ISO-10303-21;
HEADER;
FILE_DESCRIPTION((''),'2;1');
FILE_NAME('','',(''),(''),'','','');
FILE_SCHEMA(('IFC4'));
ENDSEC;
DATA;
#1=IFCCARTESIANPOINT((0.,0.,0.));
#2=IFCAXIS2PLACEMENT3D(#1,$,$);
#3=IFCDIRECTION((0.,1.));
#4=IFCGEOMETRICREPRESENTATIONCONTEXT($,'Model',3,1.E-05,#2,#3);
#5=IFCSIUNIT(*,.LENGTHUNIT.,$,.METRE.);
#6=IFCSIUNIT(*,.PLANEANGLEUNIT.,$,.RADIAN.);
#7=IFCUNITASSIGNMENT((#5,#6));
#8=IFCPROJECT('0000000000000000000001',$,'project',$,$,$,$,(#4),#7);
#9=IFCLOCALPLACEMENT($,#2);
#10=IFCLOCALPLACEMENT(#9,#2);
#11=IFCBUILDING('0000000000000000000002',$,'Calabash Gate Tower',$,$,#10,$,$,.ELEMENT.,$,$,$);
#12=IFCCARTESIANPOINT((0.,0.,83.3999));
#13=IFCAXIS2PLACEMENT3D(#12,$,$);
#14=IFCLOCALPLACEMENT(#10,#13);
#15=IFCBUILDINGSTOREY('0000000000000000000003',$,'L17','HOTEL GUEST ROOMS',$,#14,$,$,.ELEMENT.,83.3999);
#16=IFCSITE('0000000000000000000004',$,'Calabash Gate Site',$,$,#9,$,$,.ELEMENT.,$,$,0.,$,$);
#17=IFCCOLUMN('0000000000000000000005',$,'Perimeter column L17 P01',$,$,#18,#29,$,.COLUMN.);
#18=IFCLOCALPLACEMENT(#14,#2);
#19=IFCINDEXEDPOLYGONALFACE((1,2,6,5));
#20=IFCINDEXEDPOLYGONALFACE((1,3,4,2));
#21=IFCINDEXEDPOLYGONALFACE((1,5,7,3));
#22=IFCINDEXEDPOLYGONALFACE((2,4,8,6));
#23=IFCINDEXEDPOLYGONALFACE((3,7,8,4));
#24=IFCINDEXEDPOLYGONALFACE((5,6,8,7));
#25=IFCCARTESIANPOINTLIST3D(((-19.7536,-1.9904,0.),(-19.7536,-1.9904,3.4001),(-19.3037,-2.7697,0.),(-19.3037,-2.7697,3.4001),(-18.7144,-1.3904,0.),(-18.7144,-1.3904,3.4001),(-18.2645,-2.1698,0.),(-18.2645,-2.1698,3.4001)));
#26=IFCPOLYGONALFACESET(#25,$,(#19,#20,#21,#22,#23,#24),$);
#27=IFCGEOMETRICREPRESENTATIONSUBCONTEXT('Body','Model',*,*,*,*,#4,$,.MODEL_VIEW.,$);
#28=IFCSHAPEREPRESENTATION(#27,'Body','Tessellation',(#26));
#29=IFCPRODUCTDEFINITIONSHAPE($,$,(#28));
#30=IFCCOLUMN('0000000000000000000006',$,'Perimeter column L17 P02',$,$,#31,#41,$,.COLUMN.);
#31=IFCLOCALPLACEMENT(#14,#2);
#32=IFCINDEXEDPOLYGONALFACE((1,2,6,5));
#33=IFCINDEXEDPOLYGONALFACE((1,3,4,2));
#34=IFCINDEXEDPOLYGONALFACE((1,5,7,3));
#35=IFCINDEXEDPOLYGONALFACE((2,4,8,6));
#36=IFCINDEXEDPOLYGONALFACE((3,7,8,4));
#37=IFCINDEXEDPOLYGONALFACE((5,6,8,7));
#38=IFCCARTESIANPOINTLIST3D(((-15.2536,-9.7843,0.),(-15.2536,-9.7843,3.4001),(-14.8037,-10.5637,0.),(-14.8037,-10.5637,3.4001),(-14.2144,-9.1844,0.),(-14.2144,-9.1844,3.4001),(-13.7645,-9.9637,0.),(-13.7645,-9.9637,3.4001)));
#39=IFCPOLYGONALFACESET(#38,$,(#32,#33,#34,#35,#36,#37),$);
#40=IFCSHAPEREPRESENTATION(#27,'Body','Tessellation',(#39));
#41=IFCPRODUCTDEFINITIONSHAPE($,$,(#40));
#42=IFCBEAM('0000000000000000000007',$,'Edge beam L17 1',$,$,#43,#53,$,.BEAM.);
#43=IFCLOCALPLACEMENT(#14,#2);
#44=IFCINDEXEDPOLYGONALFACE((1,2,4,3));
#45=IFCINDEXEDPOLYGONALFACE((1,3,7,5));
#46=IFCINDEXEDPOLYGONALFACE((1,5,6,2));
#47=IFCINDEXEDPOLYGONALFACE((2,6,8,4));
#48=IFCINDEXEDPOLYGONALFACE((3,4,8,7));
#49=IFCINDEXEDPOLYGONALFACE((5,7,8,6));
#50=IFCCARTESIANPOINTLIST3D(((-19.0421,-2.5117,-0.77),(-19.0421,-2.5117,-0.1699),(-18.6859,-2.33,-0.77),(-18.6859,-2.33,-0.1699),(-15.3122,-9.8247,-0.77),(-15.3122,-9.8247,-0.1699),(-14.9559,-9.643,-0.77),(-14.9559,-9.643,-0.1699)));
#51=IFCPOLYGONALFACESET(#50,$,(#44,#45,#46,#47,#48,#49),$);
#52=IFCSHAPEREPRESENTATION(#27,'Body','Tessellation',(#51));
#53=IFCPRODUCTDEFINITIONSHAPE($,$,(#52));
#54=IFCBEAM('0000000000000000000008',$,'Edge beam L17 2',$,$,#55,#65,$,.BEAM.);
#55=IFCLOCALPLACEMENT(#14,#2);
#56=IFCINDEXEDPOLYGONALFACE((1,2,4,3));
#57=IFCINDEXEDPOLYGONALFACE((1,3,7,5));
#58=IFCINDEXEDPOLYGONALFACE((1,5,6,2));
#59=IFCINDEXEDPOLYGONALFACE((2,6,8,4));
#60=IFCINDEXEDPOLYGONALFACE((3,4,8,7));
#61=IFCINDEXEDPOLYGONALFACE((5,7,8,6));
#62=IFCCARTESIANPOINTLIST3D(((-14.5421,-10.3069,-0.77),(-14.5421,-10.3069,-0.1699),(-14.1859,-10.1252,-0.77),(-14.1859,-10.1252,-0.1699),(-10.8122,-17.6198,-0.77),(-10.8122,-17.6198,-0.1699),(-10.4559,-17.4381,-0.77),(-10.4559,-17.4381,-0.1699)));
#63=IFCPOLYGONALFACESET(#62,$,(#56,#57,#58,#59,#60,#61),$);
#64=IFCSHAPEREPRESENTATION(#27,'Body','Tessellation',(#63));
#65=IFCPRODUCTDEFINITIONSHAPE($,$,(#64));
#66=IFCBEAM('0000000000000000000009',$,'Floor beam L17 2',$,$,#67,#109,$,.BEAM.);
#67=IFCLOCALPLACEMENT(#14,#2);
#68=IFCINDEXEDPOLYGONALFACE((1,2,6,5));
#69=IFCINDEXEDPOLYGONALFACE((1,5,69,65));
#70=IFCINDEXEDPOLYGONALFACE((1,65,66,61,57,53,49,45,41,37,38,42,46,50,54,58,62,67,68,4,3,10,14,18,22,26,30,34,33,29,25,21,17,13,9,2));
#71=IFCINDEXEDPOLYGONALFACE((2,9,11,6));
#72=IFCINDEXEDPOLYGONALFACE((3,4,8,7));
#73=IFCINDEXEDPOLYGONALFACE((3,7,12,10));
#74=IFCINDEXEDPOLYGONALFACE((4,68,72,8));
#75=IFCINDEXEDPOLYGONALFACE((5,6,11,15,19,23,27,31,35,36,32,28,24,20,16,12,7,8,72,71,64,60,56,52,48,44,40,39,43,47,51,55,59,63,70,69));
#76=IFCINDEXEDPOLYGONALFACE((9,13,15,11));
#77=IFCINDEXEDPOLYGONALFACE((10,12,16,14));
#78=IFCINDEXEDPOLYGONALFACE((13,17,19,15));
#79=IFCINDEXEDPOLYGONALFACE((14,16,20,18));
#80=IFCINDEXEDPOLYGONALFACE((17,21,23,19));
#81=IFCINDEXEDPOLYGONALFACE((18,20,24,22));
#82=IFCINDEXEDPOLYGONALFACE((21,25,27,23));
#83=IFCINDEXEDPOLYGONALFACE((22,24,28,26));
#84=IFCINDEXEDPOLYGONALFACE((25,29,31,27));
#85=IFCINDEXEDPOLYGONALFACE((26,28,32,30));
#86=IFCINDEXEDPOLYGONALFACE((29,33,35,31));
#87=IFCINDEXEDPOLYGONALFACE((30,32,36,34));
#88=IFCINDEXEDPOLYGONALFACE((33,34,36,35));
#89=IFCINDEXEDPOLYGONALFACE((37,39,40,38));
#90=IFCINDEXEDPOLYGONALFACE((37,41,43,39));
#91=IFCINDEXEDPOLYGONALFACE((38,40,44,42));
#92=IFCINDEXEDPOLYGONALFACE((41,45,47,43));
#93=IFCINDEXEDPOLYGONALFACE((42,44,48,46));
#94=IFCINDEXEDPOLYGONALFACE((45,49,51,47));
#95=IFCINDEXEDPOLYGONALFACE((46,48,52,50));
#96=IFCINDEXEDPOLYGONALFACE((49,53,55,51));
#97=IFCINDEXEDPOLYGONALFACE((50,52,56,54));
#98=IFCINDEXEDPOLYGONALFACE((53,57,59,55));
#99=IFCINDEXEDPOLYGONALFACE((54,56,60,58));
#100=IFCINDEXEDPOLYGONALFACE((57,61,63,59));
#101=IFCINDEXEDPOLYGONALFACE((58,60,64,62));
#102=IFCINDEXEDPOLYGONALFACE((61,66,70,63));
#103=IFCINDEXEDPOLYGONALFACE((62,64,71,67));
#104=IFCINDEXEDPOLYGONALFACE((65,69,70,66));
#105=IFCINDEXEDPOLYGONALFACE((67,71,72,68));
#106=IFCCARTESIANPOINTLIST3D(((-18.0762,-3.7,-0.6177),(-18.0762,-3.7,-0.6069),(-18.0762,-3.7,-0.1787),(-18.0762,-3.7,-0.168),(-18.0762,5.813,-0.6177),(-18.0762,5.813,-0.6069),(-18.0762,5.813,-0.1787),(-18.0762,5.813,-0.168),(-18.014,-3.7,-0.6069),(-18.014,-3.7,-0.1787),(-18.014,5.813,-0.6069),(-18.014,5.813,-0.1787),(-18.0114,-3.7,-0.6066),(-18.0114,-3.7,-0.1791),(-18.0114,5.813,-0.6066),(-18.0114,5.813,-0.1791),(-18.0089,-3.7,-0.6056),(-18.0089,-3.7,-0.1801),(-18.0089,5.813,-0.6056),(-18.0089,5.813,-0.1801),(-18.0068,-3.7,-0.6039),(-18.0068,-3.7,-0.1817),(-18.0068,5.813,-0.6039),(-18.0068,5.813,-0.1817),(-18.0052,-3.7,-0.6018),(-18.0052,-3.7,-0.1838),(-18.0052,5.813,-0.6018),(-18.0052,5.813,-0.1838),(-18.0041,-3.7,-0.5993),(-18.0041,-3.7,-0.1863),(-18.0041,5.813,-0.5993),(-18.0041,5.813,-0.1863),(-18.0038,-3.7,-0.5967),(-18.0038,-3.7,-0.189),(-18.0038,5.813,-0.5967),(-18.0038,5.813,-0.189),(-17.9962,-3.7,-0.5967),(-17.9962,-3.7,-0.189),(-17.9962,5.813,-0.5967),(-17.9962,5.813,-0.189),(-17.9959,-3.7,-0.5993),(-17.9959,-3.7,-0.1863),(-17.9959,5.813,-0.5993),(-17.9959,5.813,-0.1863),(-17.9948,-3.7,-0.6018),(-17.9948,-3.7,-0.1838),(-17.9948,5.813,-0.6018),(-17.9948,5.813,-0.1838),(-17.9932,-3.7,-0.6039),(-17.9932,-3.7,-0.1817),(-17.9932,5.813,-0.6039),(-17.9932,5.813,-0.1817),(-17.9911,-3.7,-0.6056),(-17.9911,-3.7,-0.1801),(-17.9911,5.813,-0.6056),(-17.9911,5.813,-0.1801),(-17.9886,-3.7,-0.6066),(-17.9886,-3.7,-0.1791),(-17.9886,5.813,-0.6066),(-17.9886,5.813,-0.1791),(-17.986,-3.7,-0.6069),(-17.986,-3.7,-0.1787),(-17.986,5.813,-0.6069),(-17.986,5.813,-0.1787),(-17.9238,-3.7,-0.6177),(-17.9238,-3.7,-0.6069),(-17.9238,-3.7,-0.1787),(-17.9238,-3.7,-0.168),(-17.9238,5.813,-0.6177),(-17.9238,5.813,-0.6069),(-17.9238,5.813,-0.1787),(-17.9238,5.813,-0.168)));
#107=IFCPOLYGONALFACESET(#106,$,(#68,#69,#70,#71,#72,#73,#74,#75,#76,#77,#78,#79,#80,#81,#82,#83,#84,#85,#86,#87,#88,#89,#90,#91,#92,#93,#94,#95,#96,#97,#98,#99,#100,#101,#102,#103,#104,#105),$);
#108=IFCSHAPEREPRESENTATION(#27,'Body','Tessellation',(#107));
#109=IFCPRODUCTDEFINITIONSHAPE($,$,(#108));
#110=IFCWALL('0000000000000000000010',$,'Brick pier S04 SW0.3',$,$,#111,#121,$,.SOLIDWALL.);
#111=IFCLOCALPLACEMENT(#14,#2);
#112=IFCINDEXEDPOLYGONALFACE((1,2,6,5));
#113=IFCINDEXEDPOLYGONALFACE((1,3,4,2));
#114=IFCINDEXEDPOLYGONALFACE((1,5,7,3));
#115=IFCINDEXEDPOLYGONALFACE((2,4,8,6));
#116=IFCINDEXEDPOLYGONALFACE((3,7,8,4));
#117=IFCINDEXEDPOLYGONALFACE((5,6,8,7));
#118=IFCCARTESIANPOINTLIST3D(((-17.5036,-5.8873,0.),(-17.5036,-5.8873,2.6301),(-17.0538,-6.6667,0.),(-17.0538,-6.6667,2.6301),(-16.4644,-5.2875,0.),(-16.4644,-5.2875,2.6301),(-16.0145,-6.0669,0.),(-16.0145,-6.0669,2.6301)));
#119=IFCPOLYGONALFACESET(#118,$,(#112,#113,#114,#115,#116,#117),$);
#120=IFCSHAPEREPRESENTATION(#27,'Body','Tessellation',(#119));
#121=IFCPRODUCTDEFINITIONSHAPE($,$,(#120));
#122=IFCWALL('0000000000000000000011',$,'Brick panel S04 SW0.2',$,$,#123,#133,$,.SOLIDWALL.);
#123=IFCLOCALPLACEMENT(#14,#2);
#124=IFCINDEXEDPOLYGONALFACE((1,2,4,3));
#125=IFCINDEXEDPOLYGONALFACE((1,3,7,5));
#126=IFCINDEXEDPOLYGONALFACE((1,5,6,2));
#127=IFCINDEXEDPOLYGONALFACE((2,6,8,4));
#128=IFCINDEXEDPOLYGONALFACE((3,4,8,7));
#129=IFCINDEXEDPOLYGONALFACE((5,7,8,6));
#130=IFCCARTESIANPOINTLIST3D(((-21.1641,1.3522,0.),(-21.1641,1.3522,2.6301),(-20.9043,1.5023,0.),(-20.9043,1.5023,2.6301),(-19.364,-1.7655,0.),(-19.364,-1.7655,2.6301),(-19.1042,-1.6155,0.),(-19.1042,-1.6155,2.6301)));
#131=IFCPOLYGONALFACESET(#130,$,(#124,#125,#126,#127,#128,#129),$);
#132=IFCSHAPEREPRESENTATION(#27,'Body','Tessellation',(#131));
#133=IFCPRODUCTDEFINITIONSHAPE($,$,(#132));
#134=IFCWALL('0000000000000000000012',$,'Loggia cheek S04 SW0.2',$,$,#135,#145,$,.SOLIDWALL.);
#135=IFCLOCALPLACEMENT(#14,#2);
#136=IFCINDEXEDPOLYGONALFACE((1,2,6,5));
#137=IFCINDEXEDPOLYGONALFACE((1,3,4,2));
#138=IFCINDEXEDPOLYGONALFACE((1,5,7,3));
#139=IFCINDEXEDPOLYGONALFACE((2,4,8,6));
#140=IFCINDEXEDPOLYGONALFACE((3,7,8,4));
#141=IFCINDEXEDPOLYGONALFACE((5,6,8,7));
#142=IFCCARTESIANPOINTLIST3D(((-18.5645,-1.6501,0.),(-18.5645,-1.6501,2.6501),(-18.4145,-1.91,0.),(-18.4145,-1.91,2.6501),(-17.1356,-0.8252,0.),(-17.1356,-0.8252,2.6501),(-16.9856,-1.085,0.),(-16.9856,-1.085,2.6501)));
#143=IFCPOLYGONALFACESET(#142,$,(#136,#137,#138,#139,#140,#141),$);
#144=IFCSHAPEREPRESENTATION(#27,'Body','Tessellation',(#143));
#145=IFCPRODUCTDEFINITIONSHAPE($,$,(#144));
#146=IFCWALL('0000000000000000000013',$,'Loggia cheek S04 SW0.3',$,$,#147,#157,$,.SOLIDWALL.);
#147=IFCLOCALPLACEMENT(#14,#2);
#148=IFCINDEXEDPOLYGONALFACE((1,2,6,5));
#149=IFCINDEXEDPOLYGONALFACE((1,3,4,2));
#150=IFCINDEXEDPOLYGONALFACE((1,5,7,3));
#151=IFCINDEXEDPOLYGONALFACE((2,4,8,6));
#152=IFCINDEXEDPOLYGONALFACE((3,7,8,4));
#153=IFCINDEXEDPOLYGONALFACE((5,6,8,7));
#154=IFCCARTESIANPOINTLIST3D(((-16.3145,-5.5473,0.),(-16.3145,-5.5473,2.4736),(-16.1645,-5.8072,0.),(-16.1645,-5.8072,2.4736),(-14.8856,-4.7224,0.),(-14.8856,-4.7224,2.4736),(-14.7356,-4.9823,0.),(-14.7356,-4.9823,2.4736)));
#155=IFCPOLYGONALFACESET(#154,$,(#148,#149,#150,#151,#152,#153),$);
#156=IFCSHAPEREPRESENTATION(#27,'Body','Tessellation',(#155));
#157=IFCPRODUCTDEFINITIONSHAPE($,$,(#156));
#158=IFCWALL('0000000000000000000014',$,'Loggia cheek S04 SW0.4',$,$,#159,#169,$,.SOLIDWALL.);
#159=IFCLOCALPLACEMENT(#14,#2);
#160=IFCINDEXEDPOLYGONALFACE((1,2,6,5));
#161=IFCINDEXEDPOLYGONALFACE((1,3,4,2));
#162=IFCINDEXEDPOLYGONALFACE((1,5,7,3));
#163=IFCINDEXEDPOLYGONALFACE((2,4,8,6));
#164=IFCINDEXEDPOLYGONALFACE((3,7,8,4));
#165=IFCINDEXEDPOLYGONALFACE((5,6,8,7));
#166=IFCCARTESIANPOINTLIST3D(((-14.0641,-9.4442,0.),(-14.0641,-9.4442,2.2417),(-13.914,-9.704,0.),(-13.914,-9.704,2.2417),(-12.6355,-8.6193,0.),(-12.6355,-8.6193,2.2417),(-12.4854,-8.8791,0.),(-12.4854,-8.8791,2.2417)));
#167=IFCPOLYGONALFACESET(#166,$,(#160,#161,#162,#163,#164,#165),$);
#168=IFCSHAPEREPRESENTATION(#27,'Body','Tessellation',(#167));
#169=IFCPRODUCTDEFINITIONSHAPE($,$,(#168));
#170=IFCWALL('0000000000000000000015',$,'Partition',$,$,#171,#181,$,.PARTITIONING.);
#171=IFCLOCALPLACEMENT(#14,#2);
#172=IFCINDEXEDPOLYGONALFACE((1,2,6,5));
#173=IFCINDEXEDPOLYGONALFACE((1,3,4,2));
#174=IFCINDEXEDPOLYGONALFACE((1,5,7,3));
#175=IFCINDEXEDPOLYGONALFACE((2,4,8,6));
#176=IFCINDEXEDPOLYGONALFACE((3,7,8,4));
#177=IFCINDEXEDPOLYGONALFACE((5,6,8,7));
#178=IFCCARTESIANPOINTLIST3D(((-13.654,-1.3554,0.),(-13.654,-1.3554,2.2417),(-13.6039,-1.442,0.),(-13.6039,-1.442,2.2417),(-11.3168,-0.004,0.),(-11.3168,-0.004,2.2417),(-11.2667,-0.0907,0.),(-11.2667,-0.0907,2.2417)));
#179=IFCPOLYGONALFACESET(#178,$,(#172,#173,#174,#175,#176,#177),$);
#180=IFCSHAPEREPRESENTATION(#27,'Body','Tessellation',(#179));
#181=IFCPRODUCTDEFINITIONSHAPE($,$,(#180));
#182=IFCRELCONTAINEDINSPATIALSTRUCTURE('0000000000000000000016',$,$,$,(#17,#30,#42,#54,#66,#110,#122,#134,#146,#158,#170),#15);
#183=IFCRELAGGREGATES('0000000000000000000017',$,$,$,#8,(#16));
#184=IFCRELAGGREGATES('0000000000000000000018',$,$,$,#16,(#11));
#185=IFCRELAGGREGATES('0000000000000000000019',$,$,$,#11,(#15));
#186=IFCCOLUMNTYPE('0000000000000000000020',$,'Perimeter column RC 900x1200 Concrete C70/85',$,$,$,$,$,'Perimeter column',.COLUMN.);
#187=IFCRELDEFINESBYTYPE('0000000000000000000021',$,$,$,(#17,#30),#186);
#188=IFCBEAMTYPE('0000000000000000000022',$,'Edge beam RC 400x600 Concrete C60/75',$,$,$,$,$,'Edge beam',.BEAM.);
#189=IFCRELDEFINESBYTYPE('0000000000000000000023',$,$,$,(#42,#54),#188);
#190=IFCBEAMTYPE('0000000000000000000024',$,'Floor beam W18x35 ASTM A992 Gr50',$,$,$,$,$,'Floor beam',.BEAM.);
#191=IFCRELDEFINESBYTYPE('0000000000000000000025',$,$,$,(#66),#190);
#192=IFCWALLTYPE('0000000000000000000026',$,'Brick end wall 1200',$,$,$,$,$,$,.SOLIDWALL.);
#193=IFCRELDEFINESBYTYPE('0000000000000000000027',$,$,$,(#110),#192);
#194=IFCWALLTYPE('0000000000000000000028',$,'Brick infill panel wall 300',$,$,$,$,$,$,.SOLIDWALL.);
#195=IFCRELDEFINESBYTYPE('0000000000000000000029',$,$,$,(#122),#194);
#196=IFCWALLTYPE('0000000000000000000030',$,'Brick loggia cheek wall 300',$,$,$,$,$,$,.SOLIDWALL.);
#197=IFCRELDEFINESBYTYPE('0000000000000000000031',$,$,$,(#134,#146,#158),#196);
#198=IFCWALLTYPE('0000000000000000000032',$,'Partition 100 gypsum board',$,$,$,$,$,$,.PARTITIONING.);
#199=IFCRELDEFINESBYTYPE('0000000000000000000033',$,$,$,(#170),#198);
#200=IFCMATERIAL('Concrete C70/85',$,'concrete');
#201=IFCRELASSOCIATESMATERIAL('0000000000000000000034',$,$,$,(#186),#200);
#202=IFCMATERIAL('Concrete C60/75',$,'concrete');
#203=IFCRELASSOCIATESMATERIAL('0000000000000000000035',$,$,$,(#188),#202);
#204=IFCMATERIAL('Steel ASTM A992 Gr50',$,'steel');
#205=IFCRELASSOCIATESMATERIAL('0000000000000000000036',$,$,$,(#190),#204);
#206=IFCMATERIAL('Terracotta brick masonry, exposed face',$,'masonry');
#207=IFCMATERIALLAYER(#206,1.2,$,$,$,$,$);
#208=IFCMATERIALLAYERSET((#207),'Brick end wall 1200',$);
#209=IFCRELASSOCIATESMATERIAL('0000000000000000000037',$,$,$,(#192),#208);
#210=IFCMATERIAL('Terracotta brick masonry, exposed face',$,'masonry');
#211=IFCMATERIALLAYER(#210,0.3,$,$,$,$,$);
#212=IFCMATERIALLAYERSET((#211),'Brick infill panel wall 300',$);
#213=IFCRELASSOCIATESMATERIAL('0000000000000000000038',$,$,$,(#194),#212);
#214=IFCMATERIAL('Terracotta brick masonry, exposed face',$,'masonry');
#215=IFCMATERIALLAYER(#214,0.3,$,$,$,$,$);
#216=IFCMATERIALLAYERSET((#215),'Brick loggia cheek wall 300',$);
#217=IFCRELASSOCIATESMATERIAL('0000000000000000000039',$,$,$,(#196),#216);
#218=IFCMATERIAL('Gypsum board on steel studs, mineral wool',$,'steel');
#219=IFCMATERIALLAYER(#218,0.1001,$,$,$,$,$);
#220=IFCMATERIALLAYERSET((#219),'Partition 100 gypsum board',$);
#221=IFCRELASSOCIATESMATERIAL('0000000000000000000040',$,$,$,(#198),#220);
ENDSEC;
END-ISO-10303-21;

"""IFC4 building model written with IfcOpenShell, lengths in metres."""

from ifc_helpers import new_model, si_unit, direction, frame, frame_2d, origin, origin_2d, place, context, subcontext, project, spatial, rectangle, i_section, extrude, material, layer, layer_set, material_profile, profile_set, type_object, element, save


model = new_model("IFC4")

# Units and contexts
model_context = context("Model", 3, precision=1e-05, world=origin(), true_north=direction((0.0, 1.0)))
body_context = subcontext(model_context, "Body", "Model", "MODEL_VIEW")
ifc_project = project(units=[si_unit("LENGTHUNIT", "METRE"), si_unit("PLANEANGLEUNIT", "RADIAN")], contexts=[model_context])

# Site, building, storey
site_placement = place(None, origin())
site = spatial("IfcSite", under=ifc_project, at=site_placement, Name="Calabash Gate Site", CompositionType="ELEMENT", RefElevation=0.0)
building_placement = place(site_placement, origin())
building = spatial("IfcBuilding", under=site, at=building_placement, Name="Calabash Gate Tower", CompositionType="ELEMENT")
storey_placement = place(building_placement, frame((0.0, 0.0, 83.3999)))
storey = spatial("IfcBuildingStorey", under=building, at=storey_placement, Name="L17", Description="HOTEL GUEST ROOMS", CompositionType="ELEMENT", Elevation=83.3999)

# Columns
ifc_material_1 = material(Name="Concrete C70/85", Category="concrete")
ifc_material_profile_1 = material_profile(ifc_material_1, rectangle(XDim=0.8999, YDim=1.2, at=origin_2d()))
ifc_profile_set_1 = profile_set([ifc_material_profile_1], Name="Concrete C70/85")
column_type = type_object("IfcColumnType", Name="Perimeter column RC 900x1200 Concrete C70/85", ElementType="Perimeter column", PredefinedType="COLUMN", material=ifc_profile_set_1)
for number, where, z_axis, x_axis, name in (
    (1, (-19.009, -2.0801, 0.0), (0.0, 0.0, 1.0), (0.5, -0.866025, 0.0), "Perimeter column L17 P01"),
    (2, (-14.509, -9.874, 0.0), (0.0, 0.0, 1.0), (0.5, -0.866025, 0.0), "Perimeter column L17 P02"),
):
    element("IfcColumn", number, at=place(storey_placement, frame(where, z_axis=z_axis, x_axis=x_axis)), inside=storey, type_object=column_type, Name=name, PredefinedType="COLUMN", context=body_context, shape_type="SweptSolid", body=[
        extrude(rectangle(XDim=0.8999, YDim=1.2, at=origin_2d()), origin(), (0.0, 0.0, 1.0), 3.4001),
    ])

# Beams
ifc_material_2 = material(Name="Concrete C60/75", Category="concrete")
ifc_material_profile_2 = material_profile(ifc_material_2, rectangle(XDim=0.3999, YDim=0.6001, at=origin_2d()))
ifc_profile_set_2 = profile_set([ifc_material_profile_2], Name="Concrete C60/75")
beam_type_1 = type_object("IfcBeamType", Name="Edge beam RC 400x600 Concrete C60/75", ElementType="Edge beam", PredefinedType="BEAM", material=ifc_profile_set_2)
for number, where, z_axis, x_axis, name in (
    (3, (-18.864, -2.4209, -0.47), (0.454361, -0.890818, 0.0), (0.890818, 0.454361, 0.0), "Edge beam L17 1"),
    (4, (-14.364, -10.2161, -0.47), (0.454361, -0.890818, 0.0), (0.890818, 0.454361, 0.0), "Edge beam L17 2"),
):
    element("IfcBeam", number, at=place(storey_placement, frame(where, z_axis=z_axis, x_axis=x_axis)), inside=storey, type_object=beam_type_1, Name=name, PredefinedType="BEAM", context=body_context, shape_type="SweptSolid", body=[
        extrude(rectangle(XDim=0.3999, YDim=0.6001, at=origin_2d()), origin(), (0.0, 0.0, 1.0), 8.2092),
    ])
ifc_material_3 = material(Name="Steel ASTM A992 Gr50", Category="steel")
ifc_material_profile_3 = material_profile(ifc_material_3, i_section(OverallWidth=0.1523, OverallDepth=0.4497, WebThickness=0.0076, FlangeThickness=0.0107, FilletRadius=0.0103, at=origin_2d()))
ifc_profile_set_3 = profile_set([ifc_material_profile_3], Name="Steel ASTM A992 Gr50")
beam_type_2 = type_object("IfcBeamType", Name="Floor beam W18x35 ASTM A992 Gr50", ElementType="Floor beam", PredefinedType="BEAM", material=ifc_profile_set_3)
beam_placement = place(storey_placement, frame((-18.0, -3.7, -0.3928), z_axis=(0.0, 1.0, 0.0), x_axis=(-1.0, 0.0, 0.0)))
element("IfcBeam", 5, at=beam_placement, inside=storey, type_object=beam_type_2, Name="Floor beam L17 2", PredefinedType="BEAM", context=body_context, shape_type="SweptSolid", body=[
    extrude(i_section(OverallWidth=0.1523, OverallDepth=0.4497, WebThickness=0.0076, FlangeThickness=0.0107, FilletRadius=0.0103, at=origin_2d()), origin(), (0.0, 0.0, 1.0), 9.5129),
])

# Walls
ifc_material_4 = material(Name="Terracotta brick masonry, exposed face", Category="masonry")
ifc_layer_1 = layer(ifc_material_4, 1.2)
ifc_layer_set_1 = layer_set([ifc_layer_1], Name="Brick end wall 1200")
wall_type_1 = type_object("IfcWallType", Name="Brick end wall 1200", PredefinedType="SOLIDWALL", material=ifc_layer_set_1)
wall_1_placement = place(storey_placement, frame((-17.2788, -6.2771, 0.0), z_axis=(0.0, 0.0, 1.0), x_axis=(0.866094, 0.499881, 0.0)))
element("IfcWall", 6, at=wall_1_placement, inside=storey, type_object=wall_type_1, Name="Brick pier S04 SW0.3", PredefinedType="SOLIDWALL", context=body_context, shape_type="SweptSolid", body=[
    extrude(rectangle(XDim=1.2, YDim=0.8999, at=frame_2d((0.6001, 0.0))), origin(), (0.0, 0.0, 1.0), 2.6301),
])
ifc_material_5 = material(Name="Terracotta brick masonry, exposed face", Category="masonry")
ifc_layer_2 = layer(ifc_material_5, 0.3)
ifc_layer_set_2 = layer_set([ifc_layer_2], Name="Brick infill panel wall 300")
wall_type_2 = type_object("IfcWallType", Name="Brick infill panel wall 300", PredefinedType="SOLIDWALL", material=ifc_layer_set_2)
wall_2_placement = place(storey_placement, frame((-21.0342, 1.4272, 0.0), z_axis=(0.0, 0.0, 1.0), x_axis=(0.500012, -0.866018, 0.0)))
element("IfcWall", 7, at=wall_2_placement, inside=storey, type_object=wall_type_2, Name="Brick panel S04 SW0.2", PredefinedType="SOLIDWALL", context=body_context, shape_type="SweptSolid", body=[
    extrude(rectangle(XDim=3.6001, YDim=0.3, at=frame_2d((1.8, 0.0))), origin(), (0.0, 0.0, 1.0), 2.6301),
])
ifc_material_6 = material(Name="Terracotta brick masonry, exposed face", Category="masonry")
ifc_layer_3 = layer(ifc_material_6, 0.3)
ifc_layer_set_3 = layer_set([ifc_layer_3], Name="Brick loggia cheek wall 300")
wall_type_3 = type_object("IfcWallType", Name="Brick loggia cheek wall 300", PredefinedType="SOLIDWALL", material=ifc_layer_set_3)
wall_3_placement = place(storey_placement, frame((-18.4895, -1.78, 0.0), z_axis=(0.0, 0.0, 1.0), x_axis=(0.86604, 0.499974, 0.0)))
element("IfcWall", 8, at=wall_3_placement, inside=storey, type_object=wall_type_3, Name="Loggia cheek S04 SW0.2", PredefinedType="SOLIDWALL", context=body_context, shape_type="SweptSolid", body=[
    extrude(rectangle(XDim=1.6499, YDim=0.3, at=frame_2d((0.825, 0.0))), origin(), (0.0, 0.0, 1.0), 2.6501),
])
wall_4_placement = place(storey_placement, frame((-16.2395, -5.6772, 0.0), z_axis=(0.0, 0.0, 1.0), x_axis=(0.86604, 0.499974, 0.0)))
element("IfcWall", 9, at=wall_4_placement, inside=storey, type_object=wall_type_3, Name="Loggia cheek S04 SW0.3", PredefinedType="SOLIDWALL", context=body_context, shape_type="SweptSolid", body=[
    extrude(rectangle(XDim=1.6499, YDim=0.3, at=frame_2d((0.825, 0.0))), origin(), (0.0, 0.0, 1.0), 2.4736),
])
wall_5_placement = place(storey_placement, frame((-12.5605, -8.7493, 0.0), z_axis=(0.0, 0.0, 1.0), x_axis=(-0.866003, -0.500038, 0.0)))
element("IfcWall", 10, at=wall_5_placement, inside=storey, type_object=wall_type_3, Name="Loggia cheek S04 SW0.4", PredefinedType="SOLIDWALL", context=body_context, shape_type="SweptSolid", body=[
    extrude(rectangle(XDim=1.6497, YDim=0.3, at=frame_2d((0.8247, 0.0))), origin(), (0.0, 0.0, 1.0), 2.2417),
])
ifc_material_7 = material(Name="Gypsum board on steel studs, mineral wool", Category="steel")
ifc_layer_4 = layer(ifc_material_7, 0.1001)
ifc_layer_set_4 = layer_set([ifc_layer_4], Name="Partition 100 gypsum board")
wall_type_4 = type_object("IfcWallType", Name="Partition 100 gypsum board", PredefinedType="PARTITIONING", material=ifc_layer_set_4)
wall_6_placement = place(storey_placement, frame((-13.6289, -1.3987, 0.0), z_axis=(0.0, 0.0, 1.0), x_axis=(0.865711, 0.500544, 0.0)))
element("IfcWall", 11, at=wall_6_placement, inside=storey, type_object=wall_type_4, Name="Partition", PredefinedType="PARTITIONING", context=body_context, shape_type="SweptSolid", body=[
    extrude(rectangle(XDim=2.6997, YDim=0.1001, at=frame_2d((1.3499, 0.0))), origin(), (0.0, 0.0, 1.0), 2.2417),
])

save(model, "model.ifc")
